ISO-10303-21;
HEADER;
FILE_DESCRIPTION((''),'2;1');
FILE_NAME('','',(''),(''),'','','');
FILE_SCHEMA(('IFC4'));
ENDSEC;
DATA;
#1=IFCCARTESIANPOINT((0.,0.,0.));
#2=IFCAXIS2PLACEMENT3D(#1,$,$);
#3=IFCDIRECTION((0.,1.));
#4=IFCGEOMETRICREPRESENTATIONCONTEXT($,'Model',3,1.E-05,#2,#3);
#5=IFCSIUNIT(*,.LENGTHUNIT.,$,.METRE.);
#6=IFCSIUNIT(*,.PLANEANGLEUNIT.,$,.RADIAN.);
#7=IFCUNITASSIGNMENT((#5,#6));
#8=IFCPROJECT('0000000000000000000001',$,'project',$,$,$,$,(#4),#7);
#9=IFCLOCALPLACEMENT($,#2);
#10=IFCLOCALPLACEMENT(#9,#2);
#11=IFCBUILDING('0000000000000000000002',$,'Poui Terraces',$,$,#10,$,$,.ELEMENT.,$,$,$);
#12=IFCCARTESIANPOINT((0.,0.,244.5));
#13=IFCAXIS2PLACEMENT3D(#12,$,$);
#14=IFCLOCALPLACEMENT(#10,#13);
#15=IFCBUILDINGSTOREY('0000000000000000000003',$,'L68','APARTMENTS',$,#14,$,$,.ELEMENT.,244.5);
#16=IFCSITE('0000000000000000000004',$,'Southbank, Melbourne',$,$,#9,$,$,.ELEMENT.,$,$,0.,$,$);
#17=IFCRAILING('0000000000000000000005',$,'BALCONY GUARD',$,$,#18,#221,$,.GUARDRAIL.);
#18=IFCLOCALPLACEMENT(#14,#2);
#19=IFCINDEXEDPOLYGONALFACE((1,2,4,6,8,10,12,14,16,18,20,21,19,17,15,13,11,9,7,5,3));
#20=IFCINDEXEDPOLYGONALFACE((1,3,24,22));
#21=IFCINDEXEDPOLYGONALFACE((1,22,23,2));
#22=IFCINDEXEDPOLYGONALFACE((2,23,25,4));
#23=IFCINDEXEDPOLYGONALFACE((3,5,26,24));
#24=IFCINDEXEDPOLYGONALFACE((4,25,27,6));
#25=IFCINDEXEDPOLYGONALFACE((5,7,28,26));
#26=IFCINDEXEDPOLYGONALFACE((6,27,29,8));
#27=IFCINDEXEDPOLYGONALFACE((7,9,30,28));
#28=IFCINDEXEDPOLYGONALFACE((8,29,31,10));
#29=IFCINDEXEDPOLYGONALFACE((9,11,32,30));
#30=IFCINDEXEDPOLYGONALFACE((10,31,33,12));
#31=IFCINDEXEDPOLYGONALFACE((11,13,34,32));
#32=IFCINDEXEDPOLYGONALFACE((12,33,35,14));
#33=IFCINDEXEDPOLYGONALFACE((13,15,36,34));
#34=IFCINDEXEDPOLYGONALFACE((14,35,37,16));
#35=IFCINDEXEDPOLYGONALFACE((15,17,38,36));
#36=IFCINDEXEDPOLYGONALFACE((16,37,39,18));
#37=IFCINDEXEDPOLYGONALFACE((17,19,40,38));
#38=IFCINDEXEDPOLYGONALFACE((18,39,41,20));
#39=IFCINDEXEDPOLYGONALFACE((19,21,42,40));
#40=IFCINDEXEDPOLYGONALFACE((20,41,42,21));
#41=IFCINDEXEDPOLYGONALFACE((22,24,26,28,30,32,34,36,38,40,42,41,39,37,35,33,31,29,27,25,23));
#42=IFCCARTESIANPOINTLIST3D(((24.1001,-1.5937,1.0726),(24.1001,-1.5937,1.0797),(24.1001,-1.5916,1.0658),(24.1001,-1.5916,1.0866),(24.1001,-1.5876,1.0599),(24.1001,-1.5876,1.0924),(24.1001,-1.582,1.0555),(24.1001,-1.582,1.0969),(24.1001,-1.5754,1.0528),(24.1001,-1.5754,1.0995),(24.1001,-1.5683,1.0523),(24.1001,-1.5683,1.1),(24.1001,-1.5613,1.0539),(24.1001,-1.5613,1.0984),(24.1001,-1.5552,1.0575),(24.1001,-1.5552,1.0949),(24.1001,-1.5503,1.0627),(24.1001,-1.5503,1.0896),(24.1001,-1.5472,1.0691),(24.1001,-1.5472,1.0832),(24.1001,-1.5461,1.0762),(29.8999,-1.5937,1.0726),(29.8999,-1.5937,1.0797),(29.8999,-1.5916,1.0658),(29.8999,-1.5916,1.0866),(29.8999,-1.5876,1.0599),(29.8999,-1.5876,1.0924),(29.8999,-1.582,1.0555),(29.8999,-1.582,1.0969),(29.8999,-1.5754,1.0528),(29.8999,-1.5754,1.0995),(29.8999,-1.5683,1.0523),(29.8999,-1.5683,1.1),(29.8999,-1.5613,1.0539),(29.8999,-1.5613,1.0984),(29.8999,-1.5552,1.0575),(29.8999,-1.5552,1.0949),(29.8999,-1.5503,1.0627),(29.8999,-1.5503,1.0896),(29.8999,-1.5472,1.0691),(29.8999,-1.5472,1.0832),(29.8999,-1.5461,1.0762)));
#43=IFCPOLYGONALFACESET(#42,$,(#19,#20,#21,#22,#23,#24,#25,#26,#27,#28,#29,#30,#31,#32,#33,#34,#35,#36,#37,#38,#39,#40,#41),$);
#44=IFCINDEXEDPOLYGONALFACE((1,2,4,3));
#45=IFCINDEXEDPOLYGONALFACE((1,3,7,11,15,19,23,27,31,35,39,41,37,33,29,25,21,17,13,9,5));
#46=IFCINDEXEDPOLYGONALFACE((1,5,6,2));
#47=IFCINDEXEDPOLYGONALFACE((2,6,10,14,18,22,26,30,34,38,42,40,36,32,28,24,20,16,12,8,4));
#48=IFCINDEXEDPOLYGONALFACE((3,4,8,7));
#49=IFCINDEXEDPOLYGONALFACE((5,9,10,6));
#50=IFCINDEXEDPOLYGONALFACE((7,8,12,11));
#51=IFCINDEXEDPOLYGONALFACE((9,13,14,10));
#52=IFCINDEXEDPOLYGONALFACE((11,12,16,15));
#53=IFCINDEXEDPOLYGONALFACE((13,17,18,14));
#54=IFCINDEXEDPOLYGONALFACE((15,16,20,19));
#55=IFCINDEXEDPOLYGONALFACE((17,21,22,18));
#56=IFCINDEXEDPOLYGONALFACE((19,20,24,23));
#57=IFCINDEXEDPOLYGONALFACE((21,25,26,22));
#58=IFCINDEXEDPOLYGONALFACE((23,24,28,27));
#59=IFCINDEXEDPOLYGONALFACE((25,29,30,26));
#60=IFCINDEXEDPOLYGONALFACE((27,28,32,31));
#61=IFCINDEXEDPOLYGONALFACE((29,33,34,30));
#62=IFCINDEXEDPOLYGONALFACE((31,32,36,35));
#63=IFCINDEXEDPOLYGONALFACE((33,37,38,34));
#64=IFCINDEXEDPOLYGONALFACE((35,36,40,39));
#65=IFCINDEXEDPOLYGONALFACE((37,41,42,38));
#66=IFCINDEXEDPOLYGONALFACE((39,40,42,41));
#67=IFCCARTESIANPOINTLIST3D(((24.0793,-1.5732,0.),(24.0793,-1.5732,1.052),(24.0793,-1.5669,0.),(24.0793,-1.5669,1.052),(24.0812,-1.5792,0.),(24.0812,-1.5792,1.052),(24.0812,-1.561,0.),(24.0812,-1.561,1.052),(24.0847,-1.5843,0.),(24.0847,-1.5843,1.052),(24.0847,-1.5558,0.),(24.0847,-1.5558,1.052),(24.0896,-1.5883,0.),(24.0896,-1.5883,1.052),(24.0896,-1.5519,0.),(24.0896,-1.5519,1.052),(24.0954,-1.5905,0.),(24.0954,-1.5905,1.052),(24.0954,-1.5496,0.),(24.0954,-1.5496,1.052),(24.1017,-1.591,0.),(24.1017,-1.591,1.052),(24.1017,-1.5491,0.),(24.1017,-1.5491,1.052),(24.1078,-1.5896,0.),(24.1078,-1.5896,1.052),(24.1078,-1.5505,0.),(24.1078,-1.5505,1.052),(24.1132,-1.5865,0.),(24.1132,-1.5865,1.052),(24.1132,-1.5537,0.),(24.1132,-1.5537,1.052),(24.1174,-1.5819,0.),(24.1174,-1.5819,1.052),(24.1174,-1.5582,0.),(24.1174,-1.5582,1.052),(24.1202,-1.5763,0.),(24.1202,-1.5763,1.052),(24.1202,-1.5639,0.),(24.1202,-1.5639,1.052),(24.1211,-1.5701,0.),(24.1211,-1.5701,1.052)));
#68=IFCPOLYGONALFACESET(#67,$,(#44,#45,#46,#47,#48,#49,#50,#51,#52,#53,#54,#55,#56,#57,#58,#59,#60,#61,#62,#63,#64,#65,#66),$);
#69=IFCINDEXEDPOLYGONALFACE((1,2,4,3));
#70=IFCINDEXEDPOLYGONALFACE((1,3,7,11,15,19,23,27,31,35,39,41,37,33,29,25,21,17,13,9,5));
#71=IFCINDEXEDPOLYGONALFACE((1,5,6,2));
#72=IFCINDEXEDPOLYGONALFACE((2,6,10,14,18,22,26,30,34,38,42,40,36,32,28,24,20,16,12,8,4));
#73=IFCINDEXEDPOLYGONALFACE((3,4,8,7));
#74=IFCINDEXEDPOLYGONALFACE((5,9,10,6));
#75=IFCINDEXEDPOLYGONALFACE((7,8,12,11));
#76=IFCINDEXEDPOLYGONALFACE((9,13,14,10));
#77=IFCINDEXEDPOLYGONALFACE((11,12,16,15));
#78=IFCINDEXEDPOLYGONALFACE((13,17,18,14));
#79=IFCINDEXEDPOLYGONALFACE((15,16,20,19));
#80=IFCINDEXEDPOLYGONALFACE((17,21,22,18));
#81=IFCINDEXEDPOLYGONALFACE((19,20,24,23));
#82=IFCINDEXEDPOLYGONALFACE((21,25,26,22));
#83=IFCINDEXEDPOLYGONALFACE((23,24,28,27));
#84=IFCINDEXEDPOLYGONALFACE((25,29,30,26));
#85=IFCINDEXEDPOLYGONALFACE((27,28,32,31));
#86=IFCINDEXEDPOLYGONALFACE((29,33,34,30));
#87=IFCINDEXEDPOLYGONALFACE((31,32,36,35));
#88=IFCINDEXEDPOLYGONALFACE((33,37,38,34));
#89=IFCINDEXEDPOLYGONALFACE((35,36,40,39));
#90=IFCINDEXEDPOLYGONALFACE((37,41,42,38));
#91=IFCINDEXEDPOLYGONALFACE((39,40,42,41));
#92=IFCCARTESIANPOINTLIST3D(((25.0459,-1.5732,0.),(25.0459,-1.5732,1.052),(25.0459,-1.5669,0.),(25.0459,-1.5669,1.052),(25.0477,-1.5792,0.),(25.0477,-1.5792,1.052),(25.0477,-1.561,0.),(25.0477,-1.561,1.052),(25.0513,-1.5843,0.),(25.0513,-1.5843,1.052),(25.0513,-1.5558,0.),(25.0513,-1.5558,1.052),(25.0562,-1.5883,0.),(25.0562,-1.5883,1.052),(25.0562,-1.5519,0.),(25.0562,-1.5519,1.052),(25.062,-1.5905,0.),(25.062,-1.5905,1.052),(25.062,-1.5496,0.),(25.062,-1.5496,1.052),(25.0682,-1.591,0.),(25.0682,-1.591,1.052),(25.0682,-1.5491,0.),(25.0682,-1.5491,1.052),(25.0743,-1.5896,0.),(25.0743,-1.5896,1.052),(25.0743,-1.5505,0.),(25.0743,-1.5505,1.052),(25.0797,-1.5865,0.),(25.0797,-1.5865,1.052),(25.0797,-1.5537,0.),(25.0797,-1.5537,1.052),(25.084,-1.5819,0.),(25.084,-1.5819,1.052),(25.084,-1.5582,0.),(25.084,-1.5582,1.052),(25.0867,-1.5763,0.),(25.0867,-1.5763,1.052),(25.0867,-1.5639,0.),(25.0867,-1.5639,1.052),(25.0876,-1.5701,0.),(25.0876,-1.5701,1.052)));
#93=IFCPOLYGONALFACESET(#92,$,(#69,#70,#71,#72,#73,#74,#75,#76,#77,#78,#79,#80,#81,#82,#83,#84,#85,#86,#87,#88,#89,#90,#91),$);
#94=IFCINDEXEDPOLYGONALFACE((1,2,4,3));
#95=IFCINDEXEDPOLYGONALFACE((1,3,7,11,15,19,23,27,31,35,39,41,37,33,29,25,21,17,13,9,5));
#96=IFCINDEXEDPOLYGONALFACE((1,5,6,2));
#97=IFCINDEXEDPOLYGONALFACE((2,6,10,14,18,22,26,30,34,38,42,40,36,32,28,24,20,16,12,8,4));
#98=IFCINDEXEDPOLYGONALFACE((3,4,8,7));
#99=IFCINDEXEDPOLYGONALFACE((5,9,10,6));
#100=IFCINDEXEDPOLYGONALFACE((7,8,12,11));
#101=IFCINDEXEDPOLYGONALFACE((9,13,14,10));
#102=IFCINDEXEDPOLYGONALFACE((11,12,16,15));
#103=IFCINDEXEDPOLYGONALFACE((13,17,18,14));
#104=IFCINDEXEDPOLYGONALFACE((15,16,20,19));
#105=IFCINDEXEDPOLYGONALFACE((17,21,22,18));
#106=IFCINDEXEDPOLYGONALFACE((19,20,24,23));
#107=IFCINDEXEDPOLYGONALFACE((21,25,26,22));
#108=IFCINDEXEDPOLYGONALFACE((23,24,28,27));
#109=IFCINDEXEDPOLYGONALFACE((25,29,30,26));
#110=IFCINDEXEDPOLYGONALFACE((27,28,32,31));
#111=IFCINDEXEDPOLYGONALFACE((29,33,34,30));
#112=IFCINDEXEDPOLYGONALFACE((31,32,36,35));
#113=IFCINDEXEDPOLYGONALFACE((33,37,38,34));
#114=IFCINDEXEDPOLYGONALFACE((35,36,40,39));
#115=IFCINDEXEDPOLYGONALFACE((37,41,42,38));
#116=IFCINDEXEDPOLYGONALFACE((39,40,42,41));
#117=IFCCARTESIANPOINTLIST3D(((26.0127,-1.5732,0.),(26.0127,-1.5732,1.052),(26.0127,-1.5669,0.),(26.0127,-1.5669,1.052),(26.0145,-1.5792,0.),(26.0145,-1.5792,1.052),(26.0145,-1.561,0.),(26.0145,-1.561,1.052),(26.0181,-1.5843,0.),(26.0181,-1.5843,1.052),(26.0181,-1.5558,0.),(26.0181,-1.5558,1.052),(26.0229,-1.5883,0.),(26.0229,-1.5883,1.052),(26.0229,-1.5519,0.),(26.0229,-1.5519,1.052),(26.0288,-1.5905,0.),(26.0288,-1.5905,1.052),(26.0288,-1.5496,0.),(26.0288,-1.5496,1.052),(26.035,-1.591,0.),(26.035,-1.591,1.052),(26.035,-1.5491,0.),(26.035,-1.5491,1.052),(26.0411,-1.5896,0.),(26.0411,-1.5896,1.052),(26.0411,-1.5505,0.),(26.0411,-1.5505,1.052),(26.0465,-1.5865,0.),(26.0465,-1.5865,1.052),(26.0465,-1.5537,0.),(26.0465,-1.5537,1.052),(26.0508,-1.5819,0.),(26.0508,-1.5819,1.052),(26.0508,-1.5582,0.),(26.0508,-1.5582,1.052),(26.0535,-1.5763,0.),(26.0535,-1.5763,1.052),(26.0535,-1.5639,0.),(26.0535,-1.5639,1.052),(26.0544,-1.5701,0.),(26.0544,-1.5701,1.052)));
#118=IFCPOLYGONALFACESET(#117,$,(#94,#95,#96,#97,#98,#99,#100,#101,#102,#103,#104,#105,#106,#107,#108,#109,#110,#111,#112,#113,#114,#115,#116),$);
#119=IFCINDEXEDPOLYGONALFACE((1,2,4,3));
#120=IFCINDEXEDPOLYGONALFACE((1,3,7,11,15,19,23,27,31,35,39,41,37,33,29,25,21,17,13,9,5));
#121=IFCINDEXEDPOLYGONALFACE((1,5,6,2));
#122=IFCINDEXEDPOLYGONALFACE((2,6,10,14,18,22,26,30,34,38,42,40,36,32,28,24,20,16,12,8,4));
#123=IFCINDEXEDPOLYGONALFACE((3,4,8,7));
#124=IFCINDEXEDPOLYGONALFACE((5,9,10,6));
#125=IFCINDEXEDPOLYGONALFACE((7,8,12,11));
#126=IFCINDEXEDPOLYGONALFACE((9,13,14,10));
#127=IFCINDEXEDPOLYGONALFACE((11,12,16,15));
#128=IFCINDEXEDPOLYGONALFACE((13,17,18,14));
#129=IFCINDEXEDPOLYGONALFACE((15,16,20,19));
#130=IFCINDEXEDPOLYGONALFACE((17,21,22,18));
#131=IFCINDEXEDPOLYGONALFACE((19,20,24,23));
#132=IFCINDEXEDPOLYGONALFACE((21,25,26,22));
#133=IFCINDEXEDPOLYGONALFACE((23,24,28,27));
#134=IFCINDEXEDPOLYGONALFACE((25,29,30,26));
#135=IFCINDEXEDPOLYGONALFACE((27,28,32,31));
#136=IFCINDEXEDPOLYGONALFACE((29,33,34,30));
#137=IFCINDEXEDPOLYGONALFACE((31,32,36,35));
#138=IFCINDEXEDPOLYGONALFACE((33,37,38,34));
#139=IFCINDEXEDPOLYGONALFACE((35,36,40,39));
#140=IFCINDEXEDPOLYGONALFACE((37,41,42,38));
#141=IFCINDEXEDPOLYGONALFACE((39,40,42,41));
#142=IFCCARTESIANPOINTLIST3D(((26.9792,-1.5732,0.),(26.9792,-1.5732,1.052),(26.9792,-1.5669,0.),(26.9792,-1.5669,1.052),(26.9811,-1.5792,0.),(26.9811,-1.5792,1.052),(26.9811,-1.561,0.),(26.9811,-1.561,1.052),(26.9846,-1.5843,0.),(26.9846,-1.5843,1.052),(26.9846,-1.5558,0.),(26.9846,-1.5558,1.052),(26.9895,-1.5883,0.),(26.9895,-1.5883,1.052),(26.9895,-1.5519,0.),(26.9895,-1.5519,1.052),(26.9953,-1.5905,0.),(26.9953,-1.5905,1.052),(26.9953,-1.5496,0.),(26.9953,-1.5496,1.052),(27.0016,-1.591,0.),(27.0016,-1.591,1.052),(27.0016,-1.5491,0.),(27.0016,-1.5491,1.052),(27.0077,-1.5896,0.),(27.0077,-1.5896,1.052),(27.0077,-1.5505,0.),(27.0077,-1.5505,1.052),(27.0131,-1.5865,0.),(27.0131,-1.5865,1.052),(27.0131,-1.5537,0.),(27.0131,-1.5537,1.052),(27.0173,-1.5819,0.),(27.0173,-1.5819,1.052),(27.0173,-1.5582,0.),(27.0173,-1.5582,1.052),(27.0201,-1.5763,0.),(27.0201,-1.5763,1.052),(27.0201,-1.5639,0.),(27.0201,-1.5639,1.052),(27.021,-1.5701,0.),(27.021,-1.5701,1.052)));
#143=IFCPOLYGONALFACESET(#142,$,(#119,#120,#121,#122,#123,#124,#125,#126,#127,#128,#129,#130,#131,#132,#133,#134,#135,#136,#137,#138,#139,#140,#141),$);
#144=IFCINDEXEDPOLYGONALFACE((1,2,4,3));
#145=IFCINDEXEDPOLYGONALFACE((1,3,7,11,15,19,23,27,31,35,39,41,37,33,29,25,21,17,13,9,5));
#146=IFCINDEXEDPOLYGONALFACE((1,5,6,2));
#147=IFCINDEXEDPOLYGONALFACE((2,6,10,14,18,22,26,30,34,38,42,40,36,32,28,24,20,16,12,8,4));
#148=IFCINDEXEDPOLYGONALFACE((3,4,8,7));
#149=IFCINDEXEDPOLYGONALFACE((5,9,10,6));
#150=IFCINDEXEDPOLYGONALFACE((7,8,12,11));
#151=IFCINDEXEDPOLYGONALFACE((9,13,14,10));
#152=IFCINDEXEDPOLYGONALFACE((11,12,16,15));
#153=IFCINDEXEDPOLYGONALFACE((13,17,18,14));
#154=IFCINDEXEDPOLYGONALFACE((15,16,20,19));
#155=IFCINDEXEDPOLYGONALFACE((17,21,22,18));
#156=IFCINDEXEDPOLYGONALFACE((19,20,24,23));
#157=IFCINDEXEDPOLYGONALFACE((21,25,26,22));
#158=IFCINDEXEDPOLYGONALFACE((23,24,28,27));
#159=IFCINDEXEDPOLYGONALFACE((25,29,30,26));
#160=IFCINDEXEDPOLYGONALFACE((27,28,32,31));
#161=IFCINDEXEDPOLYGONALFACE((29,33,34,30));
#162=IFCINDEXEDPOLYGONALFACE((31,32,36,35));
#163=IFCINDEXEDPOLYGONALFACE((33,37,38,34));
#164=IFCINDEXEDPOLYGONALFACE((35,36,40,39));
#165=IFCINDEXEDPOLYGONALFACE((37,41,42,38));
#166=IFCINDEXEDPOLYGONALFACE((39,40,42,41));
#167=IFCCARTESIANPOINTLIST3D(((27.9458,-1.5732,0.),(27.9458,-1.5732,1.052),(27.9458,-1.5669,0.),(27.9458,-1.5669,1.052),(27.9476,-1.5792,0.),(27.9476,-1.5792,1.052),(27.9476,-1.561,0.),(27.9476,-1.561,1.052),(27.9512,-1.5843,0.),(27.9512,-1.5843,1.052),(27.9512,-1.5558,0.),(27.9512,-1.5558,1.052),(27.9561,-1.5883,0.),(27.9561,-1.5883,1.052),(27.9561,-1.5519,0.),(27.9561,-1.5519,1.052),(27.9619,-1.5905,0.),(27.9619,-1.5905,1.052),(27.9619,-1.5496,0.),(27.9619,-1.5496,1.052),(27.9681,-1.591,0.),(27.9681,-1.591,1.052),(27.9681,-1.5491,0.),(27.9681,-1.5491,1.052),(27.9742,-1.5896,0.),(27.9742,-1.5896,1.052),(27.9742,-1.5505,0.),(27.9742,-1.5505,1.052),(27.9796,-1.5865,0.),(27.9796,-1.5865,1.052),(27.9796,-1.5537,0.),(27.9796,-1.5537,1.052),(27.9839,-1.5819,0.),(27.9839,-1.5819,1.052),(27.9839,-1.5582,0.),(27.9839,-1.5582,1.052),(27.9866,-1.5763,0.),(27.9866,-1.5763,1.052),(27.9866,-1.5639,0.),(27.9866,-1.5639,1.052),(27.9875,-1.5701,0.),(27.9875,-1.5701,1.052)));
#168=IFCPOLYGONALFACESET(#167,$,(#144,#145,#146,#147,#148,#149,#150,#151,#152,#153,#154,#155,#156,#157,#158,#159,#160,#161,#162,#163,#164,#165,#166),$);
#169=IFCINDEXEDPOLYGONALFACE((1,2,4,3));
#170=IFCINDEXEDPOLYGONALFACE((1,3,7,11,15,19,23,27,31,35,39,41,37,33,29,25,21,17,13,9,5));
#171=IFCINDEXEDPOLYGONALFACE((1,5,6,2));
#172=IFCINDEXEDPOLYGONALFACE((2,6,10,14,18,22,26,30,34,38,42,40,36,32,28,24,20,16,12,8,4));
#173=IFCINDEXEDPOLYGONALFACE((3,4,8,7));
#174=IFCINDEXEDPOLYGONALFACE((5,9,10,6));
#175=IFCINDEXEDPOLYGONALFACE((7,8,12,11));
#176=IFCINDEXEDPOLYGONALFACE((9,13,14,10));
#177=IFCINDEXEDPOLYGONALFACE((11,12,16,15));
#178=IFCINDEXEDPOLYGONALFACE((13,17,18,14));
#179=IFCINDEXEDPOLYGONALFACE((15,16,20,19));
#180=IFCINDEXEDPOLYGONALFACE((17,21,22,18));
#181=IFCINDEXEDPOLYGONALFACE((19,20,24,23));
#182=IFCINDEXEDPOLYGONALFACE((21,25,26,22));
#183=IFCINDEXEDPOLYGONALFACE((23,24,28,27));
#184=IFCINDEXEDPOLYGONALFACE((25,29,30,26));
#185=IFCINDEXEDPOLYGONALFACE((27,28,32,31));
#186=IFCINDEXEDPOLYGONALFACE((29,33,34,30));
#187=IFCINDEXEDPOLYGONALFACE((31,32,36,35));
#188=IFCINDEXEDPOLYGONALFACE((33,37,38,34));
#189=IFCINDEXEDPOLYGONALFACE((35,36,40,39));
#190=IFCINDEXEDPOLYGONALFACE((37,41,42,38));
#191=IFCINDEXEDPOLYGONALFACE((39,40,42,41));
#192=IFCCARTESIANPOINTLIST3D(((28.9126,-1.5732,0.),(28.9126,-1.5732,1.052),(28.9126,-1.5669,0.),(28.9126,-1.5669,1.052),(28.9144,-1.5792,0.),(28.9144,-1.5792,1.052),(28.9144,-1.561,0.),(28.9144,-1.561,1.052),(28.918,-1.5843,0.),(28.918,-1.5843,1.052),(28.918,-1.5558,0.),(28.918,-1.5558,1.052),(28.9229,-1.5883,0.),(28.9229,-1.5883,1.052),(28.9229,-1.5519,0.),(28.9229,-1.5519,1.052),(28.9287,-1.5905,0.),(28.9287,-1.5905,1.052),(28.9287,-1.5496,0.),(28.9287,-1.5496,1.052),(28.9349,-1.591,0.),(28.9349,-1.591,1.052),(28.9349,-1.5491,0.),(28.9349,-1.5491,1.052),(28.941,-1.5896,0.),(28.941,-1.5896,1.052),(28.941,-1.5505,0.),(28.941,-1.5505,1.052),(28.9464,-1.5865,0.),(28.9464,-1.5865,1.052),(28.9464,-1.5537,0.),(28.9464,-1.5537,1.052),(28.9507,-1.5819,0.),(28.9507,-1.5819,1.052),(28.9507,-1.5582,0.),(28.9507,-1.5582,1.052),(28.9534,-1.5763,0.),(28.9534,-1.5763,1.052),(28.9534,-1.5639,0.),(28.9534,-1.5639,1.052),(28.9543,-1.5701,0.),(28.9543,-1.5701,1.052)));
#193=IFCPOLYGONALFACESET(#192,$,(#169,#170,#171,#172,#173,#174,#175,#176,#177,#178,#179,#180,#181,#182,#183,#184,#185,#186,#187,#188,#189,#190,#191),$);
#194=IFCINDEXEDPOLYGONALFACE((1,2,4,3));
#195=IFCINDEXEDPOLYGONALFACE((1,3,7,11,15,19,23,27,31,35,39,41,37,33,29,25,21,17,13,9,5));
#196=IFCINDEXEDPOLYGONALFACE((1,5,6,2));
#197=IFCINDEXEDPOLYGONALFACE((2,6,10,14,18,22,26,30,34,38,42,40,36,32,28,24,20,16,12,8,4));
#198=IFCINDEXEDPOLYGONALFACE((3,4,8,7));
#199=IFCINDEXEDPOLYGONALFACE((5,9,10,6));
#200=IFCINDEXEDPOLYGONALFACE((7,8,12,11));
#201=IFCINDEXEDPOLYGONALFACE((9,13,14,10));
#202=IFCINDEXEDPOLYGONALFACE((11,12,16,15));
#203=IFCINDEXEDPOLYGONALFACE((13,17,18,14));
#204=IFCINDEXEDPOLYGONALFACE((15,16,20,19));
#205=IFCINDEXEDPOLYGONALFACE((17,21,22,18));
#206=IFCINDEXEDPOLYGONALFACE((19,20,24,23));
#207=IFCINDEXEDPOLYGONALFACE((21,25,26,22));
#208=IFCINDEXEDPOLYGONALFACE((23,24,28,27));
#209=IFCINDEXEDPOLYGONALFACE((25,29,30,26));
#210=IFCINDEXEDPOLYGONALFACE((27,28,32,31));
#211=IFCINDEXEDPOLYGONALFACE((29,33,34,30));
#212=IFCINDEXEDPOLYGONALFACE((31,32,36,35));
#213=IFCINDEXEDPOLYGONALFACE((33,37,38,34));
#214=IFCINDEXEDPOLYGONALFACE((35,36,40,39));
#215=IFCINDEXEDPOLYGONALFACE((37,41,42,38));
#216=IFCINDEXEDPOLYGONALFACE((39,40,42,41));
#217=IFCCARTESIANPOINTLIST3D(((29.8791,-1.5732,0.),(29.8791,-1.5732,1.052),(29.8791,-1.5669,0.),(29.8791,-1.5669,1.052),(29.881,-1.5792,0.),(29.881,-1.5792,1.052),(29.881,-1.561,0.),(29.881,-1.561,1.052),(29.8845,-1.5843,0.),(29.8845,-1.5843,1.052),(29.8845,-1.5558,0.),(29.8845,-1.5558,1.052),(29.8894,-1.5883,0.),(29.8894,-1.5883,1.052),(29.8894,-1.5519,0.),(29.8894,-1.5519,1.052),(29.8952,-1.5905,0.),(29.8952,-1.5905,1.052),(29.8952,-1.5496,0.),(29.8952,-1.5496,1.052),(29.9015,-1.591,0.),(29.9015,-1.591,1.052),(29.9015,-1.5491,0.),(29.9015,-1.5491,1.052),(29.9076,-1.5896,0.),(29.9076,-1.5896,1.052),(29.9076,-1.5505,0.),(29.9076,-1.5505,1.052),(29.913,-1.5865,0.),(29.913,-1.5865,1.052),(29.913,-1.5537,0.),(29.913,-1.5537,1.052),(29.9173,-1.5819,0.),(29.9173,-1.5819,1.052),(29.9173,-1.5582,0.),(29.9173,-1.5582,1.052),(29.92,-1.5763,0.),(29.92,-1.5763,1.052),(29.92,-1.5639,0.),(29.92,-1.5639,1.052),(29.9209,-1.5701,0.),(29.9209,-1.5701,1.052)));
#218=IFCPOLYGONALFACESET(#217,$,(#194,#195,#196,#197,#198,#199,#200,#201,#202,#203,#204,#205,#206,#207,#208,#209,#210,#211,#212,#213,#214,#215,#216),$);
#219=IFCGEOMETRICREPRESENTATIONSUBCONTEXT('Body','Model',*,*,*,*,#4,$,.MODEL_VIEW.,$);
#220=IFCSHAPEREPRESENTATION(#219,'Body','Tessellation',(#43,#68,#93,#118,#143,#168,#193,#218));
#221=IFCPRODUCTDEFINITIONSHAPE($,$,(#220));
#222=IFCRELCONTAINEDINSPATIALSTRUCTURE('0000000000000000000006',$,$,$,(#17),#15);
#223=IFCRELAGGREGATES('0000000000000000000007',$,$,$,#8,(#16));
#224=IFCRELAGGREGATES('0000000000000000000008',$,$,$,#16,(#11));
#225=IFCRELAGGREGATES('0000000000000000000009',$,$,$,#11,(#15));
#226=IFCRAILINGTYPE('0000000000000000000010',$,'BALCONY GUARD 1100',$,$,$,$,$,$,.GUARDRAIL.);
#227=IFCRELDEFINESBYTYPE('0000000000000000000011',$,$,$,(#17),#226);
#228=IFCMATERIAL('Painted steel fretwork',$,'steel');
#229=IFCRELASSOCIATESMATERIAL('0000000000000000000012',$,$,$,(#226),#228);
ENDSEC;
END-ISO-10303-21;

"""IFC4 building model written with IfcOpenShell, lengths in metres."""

from ifc_helpers import new_model, si_unit, direction, frame, origin, origin_2d, place, context, subcontext, project, spatial, circle, extrude, material, type_object, element, save


model = new_model("IFC4")

# Units and contexts
model_context = context("Model", 3, precision=1e-05, world=origin(), true_north=direction((0.0, 1.0)))
body_context = subcontext(model_context, "Body", "Model", "MODEL_VIEW")
ifc_project = project(units=[si_unit("LENGTHUNIT", "METRE"), si_unit("PLANEANGLEUNIT", "RADIAN")], contexts=[model_context])

# Site, building, storey
site_placement = place(None, origin())
site = spatial("IfcSite", under=ifc_project, at=site_placement, Name="Southbank, Melbourne", CompositionType="ELEMENT", RefElevation=0.0)
building_placement = place(site_placement, origin())
building = spatial("IfcBuilding", under=site, at=building_placement, Name="Poui Terraces", CompositionType="ELEMENT")
storey_placement = place(building_placement, frame((0.0, 0.0, 244.5)))
storey = spatial("IfcBuildingStorey", under=building, at=storey_placement, Name="L68", Description="APARTMENTS", CompositionType="ELEMENT", Elevation=244.5)

# Railing
ifc_material_1 = material(Name="Painted steel fretwork", Category="steel")
railing_type = type_object("IfcRailingType", Name="BALCONY GUARD 1100", PredefinedType="GUARDRAIL", material=ifc_material_1)
railing_placement = place(storey_placement, frame((24.1001, -1.5701, 0.0)))
element("IfcRailing", 1, at=railing_placement, inside=storey, type_object=railing_type, Name="BALCONY GUARD", PredefinedType="GUARDRAIL", context=body_context, shape_type="SweptSolid", body=[
    extrude(circle(Radius=0.0239, at=origin_2d()), frame((0.0, 0.0, 1.0762), z_axis=(1.0, 0.0, 0.0), x_axis=(0.0, 1.0, 0.0)), (0.0, 0.0, 1.0), 5.7998),
    extrude(circle(Radius=0.021, at=origin_2d()), origin(), (0.0, 0.0, 1.0), 1.052),
    extrude(circle(Radius=0.021, at=origin_2d()), frame((0.9666, 0.0, 0.0)), (0.0, 0.0, 1.0), 1.052),
    extrude(circle(Radius=0.021, at=origin_2d()), frame((1.9333, 0.0, 0.0)), (0.0, 0.0, 1.0), 1.052),
    extrude(circle(Radius=0.021, at=origin_2d()), frame((2.8999, 0.0, 0.0)), (0.0, 0.0, 1.0), 1.052),
    extrude(circle(Radius=0.021, at=origin_2d()), frame((3.8665, 0.0, 0.0)), (0.0, 0.0, 1.0), 1.052),
    extrude(circle(Radius=0.021, at=origin_2d()), frame((4.8333, 0.0, 0.0)), (0.0, 0.0, 1.0), 1.052),
    extrude(circle(Radius=0.021, at=origin_2d()), frame((5.7998, 0.0, 0.0)), (0.0, 0.0, 1.0), 1.052),
])

save(model, "model.ifc")
